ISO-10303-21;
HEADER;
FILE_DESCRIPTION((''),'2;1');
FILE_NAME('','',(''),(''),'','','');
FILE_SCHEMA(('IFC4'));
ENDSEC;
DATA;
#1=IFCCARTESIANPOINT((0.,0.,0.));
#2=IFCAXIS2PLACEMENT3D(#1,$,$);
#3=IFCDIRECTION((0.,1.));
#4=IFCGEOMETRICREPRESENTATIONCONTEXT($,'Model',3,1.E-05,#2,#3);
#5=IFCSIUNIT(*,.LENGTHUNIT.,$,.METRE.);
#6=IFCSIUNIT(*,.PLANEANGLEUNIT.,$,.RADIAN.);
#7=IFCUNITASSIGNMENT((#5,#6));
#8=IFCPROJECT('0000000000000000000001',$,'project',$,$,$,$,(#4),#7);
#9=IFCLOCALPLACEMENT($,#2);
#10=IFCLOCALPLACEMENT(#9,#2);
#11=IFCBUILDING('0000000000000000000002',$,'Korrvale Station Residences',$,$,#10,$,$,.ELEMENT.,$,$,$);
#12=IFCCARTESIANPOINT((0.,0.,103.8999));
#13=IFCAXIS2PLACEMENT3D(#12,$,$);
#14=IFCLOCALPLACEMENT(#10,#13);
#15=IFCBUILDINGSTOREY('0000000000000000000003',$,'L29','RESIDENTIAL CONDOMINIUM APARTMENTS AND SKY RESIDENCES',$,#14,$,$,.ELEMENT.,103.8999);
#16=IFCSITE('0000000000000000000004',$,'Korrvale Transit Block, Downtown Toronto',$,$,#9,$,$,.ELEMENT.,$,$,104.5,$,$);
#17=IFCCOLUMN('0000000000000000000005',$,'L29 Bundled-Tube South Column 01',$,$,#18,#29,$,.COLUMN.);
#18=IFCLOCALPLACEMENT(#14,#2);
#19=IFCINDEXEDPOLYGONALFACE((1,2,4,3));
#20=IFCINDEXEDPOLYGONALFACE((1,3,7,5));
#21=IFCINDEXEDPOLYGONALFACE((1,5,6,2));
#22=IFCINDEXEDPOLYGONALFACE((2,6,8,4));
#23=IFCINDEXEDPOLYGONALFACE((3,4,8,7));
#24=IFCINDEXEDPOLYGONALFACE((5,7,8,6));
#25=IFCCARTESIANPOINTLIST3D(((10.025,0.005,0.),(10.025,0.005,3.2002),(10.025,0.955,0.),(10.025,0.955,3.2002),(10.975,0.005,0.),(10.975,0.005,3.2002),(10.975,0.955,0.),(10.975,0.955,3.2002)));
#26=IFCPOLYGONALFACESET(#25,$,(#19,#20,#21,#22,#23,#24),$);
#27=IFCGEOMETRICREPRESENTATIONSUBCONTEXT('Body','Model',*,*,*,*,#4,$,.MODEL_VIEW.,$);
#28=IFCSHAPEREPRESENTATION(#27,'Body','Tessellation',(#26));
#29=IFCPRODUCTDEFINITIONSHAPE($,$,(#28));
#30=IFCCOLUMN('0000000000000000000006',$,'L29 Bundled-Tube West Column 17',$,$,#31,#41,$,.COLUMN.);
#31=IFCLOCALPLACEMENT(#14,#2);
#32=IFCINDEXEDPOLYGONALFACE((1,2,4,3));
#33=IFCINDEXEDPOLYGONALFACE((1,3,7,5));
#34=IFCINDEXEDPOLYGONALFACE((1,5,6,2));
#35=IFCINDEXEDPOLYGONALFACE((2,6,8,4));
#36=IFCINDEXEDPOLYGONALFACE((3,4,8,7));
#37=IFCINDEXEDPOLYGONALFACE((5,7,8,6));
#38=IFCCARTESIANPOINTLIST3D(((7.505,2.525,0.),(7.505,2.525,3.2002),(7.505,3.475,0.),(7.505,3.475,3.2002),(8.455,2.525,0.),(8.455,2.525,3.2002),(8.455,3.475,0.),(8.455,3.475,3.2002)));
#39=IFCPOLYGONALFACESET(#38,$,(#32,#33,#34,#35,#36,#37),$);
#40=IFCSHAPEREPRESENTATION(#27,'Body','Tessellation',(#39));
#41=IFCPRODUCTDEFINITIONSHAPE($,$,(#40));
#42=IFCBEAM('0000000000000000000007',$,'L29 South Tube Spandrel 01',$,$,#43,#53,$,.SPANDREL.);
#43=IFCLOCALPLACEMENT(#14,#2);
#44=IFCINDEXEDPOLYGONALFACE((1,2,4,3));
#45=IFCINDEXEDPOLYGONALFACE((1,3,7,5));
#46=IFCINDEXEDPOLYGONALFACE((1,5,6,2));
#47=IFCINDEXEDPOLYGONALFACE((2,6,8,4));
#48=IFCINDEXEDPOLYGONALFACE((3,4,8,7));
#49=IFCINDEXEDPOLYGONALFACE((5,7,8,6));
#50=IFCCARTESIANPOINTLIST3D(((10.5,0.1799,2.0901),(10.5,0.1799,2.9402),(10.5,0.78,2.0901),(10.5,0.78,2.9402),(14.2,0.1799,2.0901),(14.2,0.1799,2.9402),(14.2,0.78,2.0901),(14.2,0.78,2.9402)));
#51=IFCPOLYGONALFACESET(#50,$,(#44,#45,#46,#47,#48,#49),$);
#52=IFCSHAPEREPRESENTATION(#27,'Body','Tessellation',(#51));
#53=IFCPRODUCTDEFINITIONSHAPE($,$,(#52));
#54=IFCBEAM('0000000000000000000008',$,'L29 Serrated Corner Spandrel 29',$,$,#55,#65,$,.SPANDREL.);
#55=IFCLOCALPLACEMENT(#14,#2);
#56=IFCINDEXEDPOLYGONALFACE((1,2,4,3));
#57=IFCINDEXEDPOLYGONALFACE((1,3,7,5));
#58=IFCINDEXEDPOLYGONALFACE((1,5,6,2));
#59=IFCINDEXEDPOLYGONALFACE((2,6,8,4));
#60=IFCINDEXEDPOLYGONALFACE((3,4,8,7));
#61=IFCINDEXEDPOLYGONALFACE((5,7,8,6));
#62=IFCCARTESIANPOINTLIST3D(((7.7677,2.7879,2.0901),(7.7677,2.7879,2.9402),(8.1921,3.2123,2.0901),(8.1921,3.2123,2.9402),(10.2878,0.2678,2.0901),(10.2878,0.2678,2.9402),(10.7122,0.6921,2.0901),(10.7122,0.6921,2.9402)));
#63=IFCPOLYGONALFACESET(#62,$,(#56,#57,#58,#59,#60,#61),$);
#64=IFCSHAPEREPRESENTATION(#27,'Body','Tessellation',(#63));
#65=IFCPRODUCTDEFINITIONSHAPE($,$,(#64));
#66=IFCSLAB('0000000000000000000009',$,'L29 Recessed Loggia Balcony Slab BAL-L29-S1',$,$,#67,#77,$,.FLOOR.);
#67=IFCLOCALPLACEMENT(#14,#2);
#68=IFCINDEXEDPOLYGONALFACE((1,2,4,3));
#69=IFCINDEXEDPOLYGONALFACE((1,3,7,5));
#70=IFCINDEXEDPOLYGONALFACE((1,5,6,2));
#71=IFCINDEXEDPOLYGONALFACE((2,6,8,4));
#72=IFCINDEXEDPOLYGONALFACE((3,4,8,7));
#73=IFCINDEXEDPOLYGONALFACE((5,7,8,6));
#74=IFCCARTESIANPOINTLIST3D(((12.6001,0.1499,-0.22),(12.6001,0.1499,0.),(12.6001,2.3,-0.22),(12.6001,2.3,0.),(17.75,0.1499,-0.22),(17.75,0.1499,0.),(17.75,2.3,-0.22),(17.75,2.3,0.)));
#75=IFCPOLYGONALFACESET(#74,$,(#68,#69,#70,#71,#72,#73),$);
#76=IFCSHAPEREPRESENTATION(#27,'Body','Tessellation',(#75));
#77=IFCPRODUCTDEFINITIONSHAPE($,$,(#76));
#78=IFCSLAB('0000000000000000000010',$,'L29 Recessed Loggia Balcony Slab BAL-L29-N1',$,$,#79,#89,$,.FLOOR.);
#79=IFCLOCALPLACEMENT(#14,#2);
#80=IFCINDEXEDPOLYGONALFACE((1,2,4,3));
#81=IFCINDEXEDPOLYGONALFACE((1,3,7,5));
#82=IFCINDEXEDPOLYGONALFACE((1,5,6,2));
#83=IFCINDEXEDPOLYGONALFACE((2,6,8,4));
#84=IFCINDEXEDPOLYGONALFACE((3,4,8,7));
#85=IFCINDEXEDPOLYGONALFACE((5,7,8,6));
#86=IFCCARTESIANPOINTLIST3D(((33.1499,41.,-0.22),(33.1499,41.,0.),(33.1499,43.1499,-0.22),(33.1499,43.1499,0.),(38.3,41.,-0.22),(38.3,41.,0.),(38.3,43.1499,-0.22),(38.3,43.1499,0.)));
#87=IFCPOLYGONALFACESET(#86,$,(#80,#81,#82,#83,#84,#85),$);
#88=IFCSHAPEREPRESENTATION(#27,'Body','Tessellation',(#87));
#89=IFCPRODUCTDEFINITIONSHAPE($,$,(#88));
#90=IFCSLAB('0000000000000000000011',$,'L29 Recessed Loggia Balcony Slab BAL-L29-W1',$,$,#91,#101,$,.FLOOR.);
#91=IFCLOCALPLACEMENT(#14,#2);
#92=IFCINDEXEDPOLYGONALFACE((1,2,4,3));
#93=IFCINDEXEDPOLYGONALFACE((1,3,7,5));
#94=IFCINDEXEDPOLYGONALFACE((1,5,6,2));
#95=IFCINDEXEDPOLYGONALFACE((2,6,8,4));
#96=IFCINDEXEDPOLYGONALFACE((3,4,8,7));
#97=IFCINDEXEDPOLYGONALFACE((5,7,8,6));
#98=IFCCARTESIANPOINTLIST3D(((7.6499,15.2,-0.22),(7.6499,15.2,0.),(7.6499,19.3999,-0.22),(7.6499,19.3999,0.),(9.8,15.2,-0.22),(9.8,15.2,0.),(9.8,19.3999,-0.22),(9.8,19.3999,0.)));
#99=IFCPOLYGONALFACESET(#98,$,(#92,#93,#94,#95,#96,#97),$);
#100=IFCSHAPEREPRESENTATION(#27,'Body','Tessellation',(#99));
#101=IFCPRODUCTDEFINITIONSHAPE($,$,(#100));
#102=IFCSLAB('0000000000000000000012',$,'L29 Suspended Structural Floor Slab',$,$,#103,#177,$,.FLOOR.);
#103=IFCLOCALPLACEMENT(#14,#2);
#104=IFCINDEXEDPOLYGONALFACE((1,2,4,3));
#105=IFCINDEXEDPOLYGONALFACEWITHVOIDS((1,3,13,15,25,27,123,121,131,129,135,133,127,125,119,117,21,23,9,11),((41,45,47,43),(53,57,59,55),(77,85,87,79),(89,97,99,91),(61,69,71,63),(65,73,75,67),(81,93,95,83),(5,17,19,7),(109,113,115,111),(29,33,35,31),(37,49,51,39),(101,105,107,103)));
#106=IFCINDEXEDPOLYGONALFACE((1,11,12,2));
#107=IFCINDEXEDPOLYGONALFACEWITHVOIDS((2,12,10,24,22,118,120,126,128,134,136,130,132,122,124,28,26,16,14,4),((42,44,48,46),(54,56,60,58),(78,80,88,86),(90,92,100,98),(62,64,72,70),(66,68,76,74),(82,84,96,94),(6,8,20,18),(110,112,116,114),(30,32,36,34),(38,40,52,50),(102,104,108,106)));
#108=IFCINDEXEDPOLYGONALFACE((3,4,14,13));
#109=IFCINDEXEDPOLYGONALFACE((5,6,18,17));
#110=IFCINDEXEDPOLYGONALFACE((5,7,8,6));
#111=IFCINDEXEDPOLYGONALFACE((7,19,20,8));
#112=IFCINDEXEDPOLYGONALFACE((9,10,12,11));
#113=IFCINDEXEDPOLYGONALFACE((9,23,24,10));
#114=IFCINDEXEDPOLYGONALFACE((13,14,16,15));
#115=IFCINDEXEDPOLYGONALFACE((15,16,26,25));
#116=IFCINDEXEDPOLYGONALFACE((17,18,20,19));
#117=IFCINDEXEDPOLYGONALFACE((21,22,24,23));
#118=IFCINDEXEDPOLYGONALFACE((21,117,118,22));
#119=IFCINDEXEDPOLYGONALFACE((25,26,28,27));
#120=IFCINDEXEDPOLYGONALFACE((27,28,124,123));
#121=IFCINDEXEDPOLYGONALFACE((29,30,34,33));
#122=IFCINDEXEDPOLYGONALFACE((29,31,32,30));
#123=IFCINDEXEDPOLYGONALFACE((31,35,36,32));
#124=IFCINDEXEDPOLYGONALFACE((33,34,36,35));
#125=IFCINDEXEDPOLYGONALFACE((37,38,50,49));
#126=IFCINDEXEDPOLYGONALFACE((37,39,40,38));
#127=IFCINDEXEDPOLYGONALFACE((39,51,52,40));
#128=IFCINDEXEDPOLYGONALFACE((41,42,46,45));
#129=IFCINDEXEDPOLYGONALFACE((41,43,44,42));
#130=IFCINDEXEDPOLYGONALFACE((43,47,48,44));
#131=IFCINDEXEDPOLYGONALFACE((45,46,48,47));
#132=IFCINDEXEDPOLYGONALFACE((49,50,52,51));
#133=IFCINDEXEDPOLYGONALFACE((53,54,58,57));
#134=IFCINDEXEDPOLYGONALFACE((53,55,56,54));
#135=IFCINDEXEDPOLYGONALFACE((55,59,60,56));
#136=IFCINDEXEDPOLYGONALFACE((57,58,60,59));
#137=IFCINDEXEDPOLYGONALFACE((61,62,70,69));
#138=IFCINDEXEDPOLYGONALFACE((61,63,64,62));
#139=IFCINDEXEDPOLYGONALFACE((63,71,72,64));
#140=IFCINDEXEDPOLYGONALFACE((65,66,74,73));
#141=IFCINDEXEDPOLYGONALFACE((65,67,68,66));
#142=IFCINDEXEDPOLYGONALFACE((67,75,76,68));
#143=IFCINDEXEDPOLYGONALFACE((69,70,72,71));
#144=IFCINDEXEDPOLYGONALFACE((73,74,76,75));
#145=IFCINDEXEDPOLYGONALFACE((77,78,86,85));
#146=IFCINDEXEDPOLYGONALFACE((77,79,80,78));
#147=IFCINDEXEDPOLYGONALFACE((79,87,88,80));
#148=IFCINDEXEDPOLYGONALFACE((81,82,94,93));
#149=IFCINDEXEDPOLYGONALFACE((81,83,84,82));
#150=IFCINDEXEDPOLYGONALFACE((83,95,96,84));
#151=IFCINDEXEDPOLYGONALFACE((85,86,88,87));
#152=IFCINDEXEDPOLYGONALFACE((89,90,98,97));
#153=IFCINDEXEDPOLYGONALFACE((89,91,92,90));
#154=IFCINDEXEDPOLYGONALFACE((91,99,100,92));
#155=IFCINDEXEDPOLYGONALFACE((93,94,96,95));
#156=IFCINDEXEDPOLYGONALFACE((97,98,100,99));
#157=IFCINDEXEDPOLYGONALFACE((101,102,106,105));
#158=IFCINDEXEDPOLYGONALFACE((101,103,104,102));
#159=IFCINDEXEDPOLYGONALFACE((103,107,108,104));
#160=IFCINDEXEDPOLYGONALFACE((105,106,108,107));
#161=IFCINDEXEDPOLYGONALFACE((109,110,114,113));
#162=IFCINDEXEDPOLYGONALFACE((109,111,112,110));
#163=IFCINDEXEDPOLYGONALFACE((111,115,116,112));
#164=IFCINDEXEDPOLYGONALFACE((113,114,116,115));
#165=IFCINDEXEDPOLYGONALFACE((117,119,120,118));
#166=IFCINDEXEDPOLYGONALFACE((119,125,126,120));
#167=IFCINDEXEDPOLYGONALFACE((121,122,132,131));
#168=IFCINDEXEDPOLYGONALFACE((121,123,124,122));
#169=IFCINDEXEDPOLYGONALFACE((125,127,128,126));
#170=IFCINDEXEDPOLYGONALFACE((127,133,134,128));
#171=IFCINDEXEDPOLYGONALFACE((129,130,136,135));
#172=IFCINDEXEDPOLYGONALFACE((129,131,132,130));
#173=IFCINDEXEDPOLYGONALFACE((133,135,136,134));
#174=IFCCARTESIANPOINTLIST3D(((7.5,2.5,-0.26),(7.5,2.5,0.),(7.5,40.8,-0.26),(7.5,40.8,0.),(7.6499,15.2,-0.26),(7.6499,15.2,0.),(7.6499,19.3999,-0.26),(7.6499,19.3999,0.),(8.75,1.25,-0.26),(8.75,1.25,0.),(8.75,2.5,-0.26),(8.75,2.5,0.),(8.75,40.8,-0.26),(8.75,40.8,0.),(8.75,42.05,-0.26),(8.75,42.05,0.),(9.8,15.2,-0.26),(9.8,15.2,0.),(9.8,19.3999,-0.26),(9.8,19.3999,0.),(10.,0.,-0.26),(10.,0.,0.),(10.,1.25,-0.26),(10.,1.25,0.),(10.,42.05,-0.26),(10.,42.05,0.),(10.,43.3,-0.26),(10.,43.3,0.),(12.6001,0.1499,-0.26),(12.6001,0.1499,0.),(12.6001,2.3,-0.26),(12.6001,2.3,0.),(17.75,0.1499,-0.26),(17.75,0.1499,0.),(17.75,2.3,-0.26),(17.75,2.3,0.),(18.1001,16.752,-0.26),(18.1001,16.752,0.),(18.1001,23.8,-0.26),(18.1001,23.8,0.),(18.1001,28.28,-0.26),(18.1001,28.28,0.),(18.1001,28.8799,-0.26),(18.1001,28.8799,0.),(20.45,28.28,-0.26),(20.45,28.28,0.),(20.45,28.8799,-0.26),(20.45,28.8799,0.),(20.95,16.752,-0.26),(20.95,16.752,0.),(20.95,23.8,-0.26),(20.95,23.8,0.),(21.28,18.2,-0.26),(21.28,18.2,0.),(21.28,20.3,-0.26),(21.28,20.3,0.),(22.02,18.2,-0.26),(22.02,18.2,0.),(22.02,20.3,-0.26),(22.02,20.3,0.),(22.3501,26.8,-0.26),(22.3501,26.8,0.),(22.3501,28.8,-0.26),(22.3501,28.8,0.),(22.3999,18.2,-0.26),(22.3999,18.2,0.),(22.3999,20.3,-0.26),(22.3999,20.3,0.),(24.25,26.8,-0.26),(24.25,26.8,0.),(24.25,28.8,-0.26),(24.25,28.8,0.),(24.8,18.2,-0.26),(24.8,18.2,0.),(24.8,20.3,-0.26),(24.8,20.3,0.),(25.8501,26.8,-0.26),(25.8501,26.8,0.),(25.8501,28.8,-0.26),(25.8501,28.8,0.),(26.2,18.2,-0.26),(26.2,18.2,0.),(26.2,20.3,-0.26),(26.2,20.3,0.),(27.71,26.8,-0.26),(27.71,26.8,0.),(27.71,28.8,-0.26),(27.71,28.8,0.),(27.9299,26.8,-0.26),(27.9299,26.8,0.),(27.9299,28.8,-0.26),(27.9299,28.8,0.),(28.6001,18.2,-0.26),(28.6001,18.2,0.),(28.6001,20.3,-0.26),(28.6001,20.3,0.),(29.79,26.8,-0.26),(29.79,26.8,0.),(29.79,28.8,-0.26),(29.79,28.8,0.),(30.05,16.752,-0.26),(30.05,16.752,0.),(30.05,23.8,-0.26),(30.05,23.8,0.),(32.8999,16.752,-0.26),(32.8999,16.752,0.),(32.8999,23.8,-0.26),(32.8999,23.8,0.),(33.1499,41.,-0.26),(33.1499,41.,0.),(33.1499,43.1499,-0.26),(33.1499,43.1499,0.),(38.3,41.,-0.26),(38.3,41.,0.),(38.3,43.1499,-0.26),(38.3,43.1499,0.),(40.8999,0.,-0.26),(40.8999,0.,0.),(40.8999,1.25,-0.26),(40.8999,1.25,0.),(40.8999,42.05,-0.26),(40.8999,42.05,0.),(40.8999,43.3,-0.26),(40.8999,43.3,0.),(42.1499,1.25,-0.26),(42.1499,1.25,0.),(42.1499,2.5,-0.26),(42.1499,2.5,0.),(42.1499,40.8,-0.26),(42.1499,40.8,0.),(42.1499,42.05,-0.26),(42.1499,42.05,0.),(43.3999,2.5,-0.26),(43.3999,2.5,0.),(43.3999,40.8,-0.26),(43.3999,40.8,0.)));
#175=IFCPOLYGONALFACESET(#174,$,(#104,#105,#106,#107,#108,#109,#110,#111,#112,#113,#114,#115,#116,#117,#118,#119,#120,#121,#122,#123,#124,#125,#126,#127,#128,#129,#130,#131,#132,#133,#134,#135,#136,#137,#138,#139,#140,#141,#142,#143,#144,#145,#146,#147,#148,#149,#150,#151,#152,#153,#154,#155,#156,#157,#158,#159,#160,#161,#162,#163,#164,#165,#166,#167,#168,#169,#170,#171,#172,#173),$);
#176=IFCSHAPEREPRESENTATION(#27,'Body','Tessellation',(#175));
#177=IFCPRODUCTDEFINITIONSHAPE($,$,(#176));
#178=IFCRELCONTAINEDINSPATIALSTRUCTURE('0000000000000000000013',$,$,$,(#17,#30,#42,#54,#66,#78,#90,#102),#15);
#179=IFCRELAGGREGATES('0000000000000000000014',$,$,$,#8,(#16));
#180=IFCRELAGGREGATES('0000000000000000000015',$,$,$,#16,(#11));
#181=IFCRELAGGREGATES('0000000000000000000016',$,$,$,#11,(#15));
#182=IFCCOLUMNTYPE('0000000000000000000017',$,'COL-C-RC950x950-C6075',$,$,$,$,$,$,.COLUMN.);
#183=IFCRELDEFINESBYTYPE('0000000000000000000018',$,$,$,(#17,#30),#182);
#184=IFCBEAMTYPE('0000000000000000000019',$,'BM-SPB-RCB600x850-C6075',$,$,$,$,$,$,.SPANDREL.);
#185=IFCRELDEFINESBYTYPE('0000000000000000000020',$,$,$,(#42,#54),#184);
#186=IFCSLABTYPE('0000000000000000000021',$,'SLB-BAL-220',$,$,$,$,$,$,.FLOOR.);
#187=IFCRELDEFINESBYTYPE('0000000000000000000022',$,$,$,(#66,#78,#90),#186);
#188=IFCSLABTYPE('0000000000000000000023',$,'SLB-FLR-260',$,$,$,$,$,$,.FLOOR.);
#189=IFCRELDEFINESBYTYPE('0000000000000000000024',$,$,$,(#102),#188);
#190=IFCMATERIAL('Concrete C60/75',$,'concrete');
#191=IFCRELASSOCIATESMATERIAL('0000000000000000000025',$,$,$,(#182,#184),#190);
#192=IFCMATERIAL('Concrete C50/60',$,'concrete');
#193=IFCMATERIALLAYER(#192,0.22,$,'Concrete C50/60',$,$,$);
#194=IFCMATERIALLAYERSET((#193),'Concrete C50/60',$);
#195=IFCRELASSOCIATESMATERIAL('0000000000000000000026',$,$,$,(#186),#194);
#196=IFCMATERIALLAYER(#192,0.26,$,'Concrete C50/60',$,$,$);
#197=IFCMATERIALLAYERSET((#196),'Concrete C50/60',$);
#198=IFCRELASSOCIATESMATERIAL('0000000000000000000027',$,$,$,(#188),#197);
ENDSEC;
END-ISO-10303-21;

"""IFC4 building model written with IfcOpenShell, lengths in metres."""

from ifc_helpers import new_model, si_unit, direction, frame, origin, origin_2d, place, context, subcontext, project, spatial, polyline, rectangle, outline, extrude, material, layer, layer_set, material_profile, profile_set, type_object, element, save


model = new_model("IFC4")

# Units and contexts
model_context = context("Model", 3, precision=1e-05, world=origin(), true_north=direction((0.0, 1.0)))
body_context = subcontext(model_context, "Body", "Model", "MODEL_VIEW")
ifc_project = project(units=[si_unit("LENGTHUNIT", "METRE"), si_unit("PLANEANGLEUNIT", "RADIAN")], contexts=[model_context])

# Site, building, storey
site_placement = place(None, origin())
site = spatial("IfcSite", under=ifc_project, at=site_placement, Name="Korrvale Transit Block, Downtown Toronto", CompositionType="ELEMENT", RefElevation=104.5)
building_placement = place(site_placement, origin())
building = spatial("IfcBuilding", under=site, at=building_placement, Name="Korrvale Station Residences", CompositionType="ELEMENT")
storey_placement = place(building_placement, frame((0.0, 0.0, 103.8999)))
storey = spatial("IfcBuildingStorey", under=building, at=storey_placement, Name="L29", Description="RESIDENTIAL CONDOMINIUM APARTMENTS AND SKY RESIDENCES", CompositionType="ELEMENT", Elevation=103.8999)

# Columns
ifc_material_1 = material(Name="Concrete C60/75", Category="concrete")
ifc_material_profile_1 = material_profile(ifc_material_1, rectangle(XDim=0.95, YDim=0.95, at=origin_2d()), Name="RC950x950")
ifc_profile_set_1 = profile_set([ifc_material_profile_1], Name="Concrete C60/75")
column_type = type_object("IfcColumnType", Name="COL-C-RC950x950-C6075", PredefinedType="COLUMN", material=ifc_profile_set_1)
for number, where, z_axis, x_axis, name in (
    (1, (10.5, 0.48, 0.0), (0.0, 0.0, 1.0), (1.0, 0.0, 0.0), "L29 Bundled-Tube South Column 01"),
    (2, (7.98, 3.0, 0.0), (0.0, 0.0, 1.0), (1.0, 0.0, 0.0), "L29 Bundled-Tube West Column 17"),
):
    element("IfcColumn", number, at=place(storey_placement, frame(where, z_axis=z_axis, x_axis=x_axis)), inside=storey, type_object=column_type, Name=name, PredefinedType="COLUMN", context=body_context, shape_type="SweptSolid", body=[
        extrude(rectangle(XDim=0.95, YDim=0.95, at=origin_2d()), origin(), (0.0, 0.0, 1.0), 3.2002),
    ])

# Beams
ifc_material_profile_2 = material_profile(ifc_material_1, rectangle(XDim=0.6001, YDim=0.8501, at=origin_2d()), Name="RCB600x850")
ifc_profile_set_2 = profile_set([ifc_material_profile_2], Name="Concrete C60/75")
beam_type = type_object("IfcBeamType", Name="BM-SPB-RCB600x850-C6075", PredefinedType="SPANDREL", material=ifc_profile_set_2)
beam_1_placement = place(storey_placement, frame((10.5, 0.48, 2.5151), z_axis=(1.0, 0.0, 0.0), x_axis=(0.0, 1.0, 0.0)))
element("IfcBeam", 3, at=beam_1_placement, inside=storey, type_object=beam_type, Name="L29 South Tube Spandrel 01", PredefinedType="SPANDREL", context=body_context, shape_type="SweptSolid", body=[
    extrude(rectangle(XDim=0.6001, YDim=0.8501, at=origin_2d()), origin(), (0.0, 0.0, 1.0), 3.7),
])
beam_2_placement = place(storey_placement, frame((10.5, 0.48, 2.5151), z_axis=(-0.707107, 0.707107, 0.0), x_axis=(-0.707107, -0.707107, 0.0)))
element("IfcBeam", 4, at=beam_2_placement, inside=storey, type_object=beam_type, Name="L29 Serrated Corner Spandrel 29", PredefinedType="SPANDREL", context=body_context, shape_type="SweptSolid", body=[
    extrude(rectangle(XDim=0.6001, YDim=0.8501, at=origin_2d()), origin(), (0.0, 0.0, 1.0), 3.564),
])

# Slabs
ifc_material_2 = material(Name="Concrete C50/60", Category="concrete")
ifc_layer_1 = layer(ifc_material_2, 0.22, Name="Concrete C50/60")
ifc_layer_set_1 = layer_set([ifc_layer_1], Name="Concrete C50/60")
slab_type_1 = type_object("IfcSlabType", Name="SLB-BAL-220", PredefinedType="FLOOR", material=ifc_layer_set_1)
slab_1_placement = place(storey_placement, frame((0.0, 0.0, -0.22)))
element("IfcSlab", 5, at=slab_1_placement, inside=storey, type_object=slab_type_1, Name="L29 Recessed Loggia Balcony Slab BAL-L29-S1", PredefinedType="FLOOR", context=body_context, shape_type="SweptSolid", body=[
    extrude(outline(polyline([(12.6001, 0.1499), (17.75, 0.1499), (17.75, 2.3), (12.6001, 2.3), (12.6001, 0.1499)])), origin(), (0.0, 0.0, 1.0), 0.22),
])
slab_2_placement = place(storey_placement, frame((0.0, 0.0, -0.22)))
element("IfcSlab", 6, at=slab_2_placement, inside=storey, type_object=slab_type_1, Name="L29 Recessed Loggia Balcony Slab BAL-L29-N1", PredefinedType="FLOOR", context=body_context, shape_type="SweptSolid", body=[
    extrude(outline(polyline([(33.1499, 41.0), (38.3, 41.0), (38.3, 43.1499), (33.1499, 43.1499), (33.1499, 41.0)])), origin(), (0.0, 0.0, 1.0), 0.22),
])
slab_3_placement = place(storey_placement, frame((0.0, 0.0, -0.22)))
element("IfcSlab", 7, at=slab_3_placement, inside=storey, type_object=slab_type_1, Name="L29 Recessed Loggia Balcony Slab BAL-L29-W1", PredefinedType="FLOOR", context=body_context, shape_type="SweptSolid", body=[
    extrude(outline(polyline([(7.6499, 15.2), (9.8, 15.2), (9.8, 19.3999), (7.6499, 19.3999), (7.6499, 15.2)])), origin(), (0.0, 0.0, 1.0), 0.22),
])
ifc_layer_2 = layer(ifc_material_2, 0.26, Name="Concrete C50/60")
ifc_layer_set_2 = layer_set([ifc_layer_2], Name="Concrete C50/60")
slab_type_2 = type_object("IfcSlabType", Name="SLB-FLR-260", PredefinedType="FLOOR", material=ifc_layer_set_2)
slab_4_placement = place(storey_placement, frame((0.0, 0.0, -0.26)))
element("IfcSlab", 8, at=slab_4_placement, inside=storey, type_object=slab_type_2, Name="L29 Suspended Structural Floor Slab", PredefinedType="FLOOR", context=body_context, shape_type="SweptSolid", body=[
    extrude(outline(polyline([(10.0, 0.0), (40.8999, 0.0), (40.8999, 1.25), (42.1499, 1.25), (42.1499, 2.5), (43.3999, 2.5), (43.3999, 40.8), (42.1499, 40.8), (42.1499, 42.05), (40.8999, 42.05), (40.8999, 43.3), (10.0, 43.3), (10.0, 42.05), (8.75, 42.05), (8.75, 40.8), (7.5, 40.8), (7.5, 2.5), (8.75, 2.5), (8.75, 1.25), (10.0, 1.25), (10.0, 0.0)]), holes=[polyline([(20.95, 16.752), (20.95, 23.8), (18.1001, 23.8), (18.1001, 16.752), (20.95, 16.752)]), polyline([(32.8999, 16.752), (32.8999, 23.8), (30.05, 23.8), (30.05, 16.752), (32.8999, 16.752)]), polyline([(22.3501, 26.8), (24.25, 26.8), (24.25, 28.8), (22.3501, 28.8), (22.3501, 26.8)]), polyline([(25.8501, 26.8), (27.71, 26.8), (27.71, 28.8), (25.8501, 28.8), (25.8501, 26.8)]), polyline([(27.9299, 26.8), (29.79, 26.8), (29.79, 28.8), (27.9299, 28.8), (27.9299, 26.8)]), polyline([(22.3999, 18.2), (24.8, 18.2), (24.8, 20.3), (22.3999, 20.3), (22.3999, 18.2)]), polyline([(26.2, 18.2), (28.6001, 18.2), (28.6001, 20.3), (26.2, 20.3), (26.2, 18.2)]), polyline([(18.1001, 28.28), (20.45, 28.28), (20.45, 28.8799), (18.1001, 28.8799), (18.1001, 28.28)]), polyline([(21.28, 18.2), (22.02, 18.2), (22.02, 20.3), (21.28, 20.3), (21.28, 18.2)]), polyline([(12.6001, 0.1499), (17.75, 0.1499), (17.75, 2.3), (12.6001, 2.3), (12.6001, 0.1499)]), polyline([(33.1499, 41.0), (38.3, 41.0), (38.3, 43.1499), (33.1499, 43.1499), (33.1499, 41.0)]), polyline([(7.6499, 15.2), (9.8, 15.2), (9.8, 19.3999), (7.6499, 19.3999), (7.6499, 15.2)])]), origin(), (0.0, 0.0, 1.0), 0.26),
])

save(model, "model.ifc")
